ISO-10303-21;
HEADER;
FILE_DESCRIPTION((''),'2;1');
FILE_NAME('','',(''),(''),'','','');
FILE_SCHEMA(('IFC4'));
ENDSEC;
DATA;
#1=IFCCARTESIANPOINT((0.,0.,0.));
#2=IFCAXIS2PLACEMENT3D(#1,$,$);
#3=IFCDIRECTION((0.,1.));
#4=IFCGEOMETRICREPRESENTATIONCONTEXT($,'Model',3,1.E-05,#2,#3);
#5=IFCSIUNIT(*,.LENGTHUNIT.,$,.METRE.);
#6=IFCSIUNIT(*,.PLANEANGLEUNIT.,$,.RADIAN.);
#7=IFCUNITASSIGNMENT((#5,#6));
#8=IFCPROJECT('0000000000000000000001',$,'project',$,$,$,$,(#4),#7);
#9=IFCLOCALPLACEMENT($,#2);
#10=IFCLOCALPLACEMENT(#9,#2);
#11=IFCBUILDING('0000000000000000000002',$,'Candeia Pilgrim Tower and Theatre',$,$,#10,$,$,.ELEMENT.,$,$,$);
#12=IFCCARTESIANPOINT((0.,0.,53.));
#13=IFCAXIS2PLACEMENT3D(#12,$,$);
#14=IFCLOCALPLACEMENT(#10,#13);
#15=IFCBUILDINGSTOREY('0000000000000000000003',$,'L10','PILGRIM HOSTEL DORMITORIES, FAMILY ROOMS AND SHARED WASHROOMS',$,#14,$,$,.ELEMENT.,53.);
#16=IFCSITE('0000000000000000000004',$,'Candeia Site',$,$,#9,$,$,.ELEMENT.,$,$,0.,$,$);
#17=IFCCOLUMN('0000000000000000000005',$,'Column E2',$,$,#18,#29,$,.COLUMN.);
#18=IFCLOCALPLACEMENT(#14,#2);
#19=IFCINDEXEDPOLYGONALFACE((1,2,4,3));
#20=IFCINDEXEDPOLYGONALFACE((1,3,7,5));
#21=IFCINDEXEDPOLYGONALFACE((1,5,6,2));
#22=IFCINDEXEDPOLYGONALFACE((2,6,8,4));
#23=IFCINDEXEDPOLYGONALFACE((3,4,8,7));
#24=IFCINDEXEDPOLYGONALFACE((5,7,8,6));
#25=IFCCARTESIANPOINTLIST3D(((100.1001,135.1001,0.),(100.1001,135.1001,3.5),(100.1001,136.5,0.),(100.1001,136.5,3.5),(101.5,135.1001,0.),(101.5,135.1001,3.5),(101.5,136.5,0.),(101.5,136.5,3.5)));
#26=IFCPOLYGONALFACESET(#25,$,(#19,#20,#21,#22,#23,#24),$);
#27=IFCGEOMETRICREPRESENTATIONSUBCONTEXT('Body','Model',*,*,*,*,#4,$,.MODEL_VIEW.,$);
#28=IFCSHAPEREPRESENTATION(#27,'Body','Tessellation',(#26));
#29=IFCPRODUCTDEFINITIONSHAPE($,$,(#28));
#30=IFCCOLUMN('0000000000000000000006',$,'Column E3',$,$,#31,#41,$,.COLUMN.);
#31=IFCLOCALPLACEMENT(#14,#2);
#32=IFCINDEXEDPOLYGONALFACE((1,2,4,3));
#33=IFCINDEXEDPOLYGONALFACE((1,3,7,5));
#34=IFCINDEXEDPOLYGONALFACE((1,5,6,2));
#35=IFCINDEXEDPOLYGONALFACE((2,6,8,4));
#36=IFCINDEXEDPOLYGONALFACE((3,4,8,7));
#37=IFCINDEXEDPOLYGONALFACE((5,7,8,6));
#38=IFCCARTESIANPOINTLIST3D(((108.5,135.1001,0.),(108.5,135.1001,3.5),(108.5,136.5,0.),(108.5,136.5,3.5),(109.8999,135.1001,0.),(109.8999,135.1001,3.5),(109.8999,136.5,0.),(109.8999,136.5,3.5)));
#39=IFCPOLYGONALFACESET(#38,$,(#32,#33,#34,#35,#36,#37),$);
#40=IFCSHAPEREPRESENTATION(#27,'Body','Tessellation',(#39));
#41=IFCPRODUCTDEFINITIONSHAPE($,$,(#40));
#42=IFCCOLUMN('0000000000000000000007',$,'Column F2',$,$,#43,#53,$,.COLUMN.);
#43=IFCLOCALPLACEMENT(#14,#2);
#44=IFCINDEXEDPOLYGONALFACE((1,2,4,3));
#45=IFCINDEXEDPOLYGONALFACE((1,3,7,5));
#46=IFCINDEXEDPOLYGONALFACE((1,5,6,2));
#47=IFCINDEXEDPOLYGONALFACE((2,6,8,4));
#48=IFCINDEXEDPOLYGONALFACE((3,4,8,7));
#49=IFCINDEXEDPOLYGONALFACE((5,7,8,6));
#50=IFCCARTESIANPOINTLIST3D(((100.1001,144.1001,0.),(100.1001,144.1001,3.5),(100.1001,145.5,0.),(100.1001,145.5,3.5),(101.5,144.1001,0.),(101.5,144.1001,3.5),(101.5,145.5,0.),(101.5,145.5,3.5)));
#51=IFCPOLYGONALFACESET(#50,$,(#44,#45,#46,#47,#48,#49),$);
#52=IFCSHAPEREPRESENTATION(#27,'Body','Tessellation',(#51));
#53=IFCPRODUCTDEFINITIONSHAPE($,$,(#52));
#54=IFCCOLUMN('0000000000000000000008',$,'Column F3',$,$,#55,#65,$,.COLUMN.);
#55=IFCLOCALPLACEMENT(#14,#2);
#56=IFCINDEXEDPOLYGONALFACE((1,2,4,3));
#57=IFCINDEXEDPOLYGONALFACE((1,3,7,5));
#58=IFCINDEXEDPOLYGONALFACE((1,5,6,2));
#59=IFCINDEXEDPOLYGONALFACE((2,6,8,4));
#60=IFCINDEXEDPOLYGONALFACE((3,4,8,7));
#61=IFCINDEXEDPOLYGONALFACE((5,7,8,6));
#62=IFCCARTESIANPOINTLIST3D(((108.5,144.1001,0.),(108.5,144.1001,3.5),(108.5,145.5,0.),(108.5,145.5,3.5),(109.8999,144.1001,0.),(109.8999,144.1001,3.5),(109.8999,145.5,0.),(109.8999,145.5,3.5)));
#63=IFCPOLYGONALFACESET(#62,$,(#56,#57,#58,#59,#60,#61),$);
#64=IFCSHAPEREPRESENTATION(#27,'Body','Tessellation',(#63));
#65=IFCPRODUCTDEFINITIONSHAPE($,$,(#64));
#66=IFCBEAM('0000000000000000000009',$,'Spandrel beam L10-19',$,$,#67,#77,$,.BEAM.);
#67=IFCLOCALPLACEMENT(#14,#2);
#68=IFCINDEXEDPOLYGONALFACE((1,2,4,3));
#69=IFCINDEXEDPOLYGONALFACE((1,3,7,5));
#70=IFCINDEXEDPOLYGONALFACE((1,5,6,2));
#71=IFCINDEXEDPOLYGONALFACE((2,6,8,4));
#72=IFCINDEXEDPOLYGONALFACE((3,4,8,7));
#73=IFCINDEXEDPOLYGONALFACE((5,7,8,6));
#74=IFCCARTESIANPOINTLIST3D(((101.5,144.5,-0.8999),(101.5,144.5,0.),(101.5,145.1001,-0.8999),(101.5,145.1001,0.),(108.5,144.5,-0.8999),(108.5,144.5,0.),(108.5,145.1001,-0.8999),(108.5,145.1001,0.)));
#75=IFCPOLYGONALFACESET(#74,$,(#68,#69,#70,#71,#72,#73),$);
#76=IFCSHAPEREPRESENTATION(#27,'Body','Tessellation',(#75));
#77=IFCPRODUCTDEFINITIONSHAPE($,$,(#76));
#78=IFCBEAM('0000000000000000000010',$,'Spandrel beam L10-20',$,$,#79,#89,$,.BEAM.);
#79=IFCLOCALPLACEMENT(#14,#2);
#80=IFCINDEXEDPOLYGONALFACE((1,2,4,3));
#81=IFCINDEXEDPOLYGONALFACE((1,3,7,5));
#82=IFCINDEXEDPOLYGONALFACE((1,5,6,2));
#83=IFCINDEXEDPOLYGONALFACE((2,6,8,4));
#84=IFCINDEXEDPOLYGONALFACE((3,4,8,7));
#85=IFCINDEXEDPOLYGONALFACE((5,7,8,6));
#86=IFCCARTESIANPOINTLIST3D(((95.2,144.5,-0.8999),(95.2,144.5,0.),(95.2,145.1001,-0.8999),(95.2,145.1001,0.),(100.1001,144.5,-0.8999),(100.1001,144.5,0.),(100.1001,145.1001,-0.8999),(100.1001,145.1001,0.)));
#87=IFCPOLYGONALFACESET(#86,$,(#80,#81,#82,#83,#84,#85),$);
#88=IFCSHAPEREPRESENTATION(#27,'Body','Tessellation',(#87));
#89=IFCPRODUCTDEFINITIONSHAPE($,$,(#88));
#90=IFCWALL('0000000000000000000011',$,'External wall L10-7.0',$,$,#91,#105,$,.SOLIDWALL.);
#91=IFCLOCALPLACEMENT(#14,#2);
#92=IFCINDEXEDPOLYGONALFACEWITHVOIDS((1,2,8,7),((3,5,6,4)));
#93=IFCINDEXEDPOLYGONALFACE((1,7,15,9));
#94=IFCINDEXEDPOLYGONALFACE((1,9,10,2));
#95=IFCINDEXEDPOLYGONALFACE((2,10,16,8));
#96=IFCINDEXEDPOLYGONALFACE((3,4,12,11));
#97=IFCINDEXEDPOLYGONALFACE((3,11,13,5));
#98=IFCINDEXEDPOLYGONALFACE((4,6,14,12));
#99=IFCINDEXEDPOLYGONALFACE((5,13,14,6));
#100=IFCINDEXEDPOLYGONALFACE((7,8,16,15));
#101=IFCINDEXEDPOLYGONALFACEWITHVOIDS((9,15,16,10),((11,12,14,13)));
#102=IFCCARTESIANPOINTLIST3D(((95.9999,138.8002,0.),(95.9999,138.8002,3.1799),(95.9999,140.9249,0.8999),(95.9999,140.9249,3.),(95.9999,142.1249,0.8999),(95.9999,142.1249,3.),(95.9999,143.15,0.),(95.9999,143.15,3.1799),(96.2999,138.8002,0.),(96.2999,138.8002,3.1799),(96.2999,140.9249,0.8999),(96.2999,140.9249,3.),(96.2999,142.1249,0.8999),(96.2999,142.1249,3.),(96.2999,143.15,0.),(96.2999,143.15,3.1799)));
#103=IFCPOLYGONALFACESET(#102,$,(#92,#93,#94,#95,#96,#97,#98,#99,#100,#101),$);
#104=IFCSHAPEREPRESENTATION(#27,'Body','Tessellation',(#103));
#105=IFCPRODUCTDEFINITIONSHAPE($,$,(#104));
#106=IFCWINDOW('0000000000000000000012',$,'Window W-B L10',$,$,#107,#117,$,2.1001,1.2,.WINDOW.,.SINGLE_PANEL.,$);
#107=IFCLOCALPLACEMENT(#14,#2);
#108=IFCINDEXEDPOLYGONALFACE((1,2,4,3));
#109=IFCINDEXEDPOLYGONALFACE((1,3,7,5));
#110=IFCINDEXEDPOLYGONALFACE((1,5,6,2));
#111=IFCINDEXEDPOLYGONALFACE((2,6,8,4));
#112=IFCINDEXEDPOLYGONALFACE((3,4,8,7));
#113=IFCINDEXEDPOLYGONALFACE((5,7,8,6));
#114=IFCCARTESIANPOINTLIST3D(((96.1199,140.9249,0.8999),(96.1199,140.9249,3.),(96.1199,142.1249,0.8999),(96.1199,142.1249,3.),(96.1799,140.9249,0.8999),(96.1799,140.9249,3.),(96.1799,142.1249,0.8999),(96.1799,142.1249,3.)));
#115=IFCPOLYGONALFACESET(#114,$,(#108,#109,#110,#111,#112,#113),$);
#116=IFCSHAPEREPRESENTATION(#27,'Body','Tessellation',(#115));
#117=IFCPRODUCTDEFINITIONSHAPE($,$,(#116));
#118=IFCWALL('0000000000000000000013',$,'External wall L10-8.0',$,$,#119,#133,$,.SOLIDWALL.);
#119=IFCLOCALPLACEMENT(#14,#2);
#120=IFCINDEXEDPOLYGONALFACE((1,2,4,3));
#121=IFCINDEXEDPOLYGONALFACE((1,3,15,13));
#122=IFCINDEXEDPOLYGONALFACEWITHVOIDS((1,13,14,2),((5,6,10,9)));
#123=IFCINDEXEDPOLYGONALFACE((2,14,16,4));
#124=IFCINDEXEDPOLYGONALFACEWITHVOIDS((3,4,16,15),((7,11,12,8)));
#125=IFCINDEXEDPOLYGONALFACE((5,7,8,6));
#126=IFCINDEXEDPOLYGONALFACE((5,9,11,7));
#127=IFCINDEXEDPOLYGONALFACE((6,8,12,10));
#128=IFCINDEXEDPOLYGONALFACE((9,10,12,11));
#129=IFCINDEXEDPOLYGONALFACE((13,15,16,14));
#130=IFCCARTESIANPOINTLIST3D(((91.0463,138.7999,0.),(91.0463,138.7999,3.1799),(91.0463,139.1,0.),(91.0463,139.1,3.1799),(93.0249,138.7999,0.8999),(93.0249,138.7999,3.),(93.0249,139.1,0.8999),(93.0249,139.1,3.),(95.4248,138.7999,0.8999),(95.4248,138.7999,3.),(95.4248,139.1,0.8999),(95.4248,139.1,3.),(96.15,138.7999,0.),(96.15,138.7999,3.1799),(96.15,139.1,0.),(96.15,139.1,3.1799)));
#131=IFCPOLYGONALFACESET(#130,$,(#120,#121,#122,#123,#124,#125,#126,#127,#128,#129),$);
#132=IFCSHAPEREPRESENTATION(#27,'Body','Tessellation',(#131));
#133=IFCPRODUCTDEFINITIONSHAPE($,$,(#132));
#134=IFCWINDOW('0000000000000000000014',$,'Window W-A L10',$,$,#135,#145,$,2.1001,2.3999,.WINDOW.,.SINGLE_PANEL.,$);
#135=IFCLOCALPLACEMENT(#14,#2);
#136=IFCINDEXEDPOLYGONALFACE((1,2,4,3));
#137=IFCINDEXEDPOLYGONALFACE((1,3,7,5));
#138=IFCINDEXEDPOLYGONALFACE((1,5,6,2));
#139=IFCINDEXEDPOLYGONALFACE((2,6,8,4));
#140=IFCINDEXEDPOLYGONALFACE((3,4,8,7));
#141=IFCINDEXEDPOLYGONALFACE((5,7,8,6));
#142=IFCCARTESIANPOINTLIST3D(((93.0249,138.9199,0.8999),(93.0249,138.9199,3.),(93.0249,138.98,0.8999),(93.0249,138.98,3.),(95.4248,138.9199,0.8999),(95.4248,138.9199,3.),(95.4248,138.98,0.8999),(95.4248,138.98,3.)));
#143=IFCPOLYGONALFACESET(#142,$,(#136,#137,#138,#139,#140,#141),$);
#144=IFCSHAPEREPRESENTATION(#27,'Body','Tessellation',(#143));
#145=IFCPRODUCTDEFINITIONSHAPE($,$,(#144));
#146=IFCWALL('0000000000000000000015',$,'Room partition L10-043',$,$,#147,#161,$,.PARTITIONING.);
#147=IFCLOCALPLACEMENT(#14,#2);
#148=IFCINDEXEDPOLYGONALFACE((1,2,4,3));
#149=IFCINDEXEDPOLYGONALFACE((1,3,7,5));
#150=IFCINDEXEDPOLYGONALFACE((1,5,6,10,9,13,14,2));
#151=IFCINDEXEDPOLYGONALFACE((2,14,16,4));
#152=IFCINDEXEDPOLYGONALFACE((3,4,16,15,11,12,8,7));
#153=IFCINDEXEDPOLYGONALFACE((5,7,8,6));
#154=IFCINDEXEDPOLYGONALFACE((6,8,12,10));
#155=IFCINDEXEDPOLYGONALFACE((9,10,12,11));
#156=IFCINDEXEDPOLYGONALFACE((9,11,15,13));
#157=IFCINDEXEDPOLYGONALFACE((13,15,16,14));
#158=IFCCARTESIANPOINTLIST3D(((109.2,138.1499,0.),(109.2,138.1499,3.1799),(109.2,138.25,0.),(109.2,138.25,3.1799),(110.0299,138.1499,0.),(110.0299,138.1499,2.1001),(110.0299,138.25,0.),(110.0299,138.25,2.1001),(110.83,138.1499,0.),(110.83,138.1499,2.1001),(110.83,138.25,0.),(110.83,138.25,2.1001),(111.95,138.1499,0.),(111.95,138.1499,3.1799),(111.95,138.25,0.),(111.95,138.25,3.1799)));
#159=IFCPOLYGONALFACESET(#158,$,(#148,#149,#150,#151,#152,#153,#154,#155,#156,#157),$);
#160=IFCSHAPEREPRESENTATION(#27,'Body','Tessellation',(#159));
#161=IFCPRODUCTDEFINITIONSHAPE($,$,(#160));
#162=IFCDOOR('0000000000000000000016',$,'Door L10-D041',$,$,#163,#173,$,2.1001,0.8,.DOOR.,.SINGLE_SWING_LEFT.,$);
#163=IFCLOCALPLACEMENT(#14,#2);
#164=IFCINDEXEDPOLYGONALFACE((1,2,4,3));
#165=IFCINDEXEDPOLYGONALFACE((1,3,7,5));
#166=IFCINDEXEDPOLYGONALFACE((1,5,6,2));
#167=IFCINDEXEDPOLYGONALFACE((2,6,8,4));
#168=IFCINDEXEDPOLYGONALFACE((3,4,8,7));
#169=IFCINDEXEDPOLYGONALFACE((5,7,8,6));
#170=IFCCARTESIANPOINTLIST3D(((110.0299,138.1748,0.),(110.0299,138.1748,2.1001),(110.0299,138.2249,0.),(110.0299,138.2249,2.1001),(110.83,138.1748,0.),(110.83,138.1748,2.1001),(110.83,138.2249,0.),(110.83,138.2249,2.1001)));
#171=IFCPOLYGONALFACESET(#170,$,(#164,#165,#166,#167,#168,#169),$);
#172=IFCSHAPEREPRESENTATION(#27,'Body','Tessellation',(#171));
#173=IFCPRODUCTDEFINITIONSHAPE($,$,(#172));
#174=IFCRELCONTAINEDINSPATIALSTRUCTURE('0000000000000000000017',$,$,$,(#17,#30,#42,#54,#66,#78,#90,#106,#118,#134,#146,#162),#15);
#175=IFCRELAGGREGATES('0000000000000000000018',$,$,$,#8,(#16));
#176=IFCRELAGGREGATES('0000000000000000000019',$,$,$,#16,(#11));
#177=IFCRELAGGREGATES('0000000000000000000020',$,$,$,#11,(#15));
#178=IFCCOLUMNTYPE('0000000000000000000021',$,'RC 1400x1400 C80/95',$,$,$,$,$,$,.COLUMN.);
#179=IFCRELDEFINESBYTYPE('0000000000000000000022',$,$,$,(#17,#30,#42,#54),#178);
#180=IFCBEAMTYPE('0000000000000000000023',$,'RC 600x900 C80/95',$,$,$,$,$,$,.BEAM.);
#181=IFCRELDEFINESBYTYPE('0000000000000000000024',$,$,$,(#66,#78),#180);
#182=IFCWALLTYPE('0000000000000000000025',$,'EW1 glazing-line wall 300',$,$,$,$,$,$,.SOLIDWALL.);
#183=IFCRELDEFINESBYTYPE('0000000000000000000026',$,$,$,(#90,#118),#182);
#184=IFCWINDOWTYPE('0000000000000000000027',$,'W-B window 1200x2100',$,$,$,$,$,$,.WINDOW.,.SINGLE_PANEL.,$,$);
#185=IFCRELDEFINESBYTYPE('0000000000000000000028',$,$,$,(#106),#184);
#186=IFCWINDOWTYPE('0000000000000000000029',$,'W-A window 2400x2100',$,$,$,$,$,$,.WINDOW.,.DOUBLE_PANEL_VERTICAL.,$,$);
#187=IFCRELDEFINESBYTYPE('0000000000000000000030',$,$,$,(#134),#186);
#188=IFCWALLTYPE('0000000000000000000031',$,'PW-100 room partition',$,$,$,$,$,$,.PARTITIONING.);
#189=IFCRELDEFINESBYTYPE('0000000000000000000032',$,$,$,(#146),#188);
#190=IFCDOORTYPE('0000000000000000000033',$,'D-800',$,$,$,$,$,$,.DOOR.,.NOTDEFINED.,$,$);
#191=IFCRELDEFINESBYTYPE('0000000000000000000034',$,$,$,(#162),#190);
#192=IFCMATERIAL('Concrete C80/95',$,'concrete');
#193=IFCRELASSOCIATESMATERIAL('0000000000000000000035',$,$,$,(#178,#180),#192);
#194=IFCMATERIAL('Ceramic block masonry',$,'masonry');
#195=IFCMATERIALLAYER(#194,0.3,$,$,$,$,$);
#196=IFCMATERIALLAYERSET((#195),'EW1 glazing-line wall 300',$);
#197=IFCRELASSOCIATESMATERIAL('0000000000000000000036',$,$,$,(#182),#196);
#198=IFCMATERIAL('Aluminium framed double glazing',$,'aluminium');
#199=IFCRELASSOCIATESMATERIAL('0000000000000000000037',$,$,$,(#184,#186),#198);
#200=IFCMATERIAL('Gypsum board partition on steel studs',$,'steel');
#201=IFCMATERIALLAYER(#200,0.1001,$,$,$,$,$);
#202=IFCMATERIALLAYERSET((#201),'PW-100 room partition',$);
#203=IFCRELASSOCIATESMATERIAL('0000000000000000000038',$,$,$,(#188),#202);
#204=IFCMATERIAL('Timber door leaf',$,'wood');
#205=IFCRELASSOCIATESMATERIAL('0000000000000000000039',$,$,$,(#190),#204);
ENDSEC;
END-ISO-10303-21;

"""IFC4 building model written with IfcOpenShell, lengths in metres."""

from ifc_helpers import new_model, si_unit, direction, frame, frame_2d, origin, origin_2d, place, context, subcontext, project, spatial, rectangle, extrude, material, layer, layer_set, material_profile, profile_set, type_object, element, fill, save


model = new_model("IFC4")

# Units and contexts
model_context = context("Model", 3, precision=1e-05, world=origin(), true_north=direction((0.0, 1.0)))
body_context = subcontext(model_context, "Body", "Model", "MODEL_VIEW")
ifc_project = project(units=[si_unit("LENGTHUNIT", "METRE"), si_unit("PLANEANGLEUNIT", "RADIAN")], contexts=[model_context])

# Site, building, storey
site_placement = place(None, origin())
site = spatial("IfcSite", under=ifc_project, at=site_placement, Name="Candeia Site", CompositionType="ELEMENT", RefElevation=0.0)
building_placement = place(site_placement, origin())
building = spatial("IfcBuilding", under=site, at=building_placement, Name="Candeia Pilgrim Tower and Theatre", CompositionType="ELEMENT")
storey_placement = place(building_placement, frame((0.0, 0.0, 53.0)))
storey = spatial("IfcBuildingStorey", under=building, at=storey_placement, Name="L10", Description="PILGRIM HOSTEL DORMITORIES, FAMILY ROOMS AND SHARED WASHROOMS", CompositionType="ELEMENT", Elevation=53.0)

# Columns
ifc_material_1 = material(Name="Concrete C80/95", Category="concrete")
ifc_material_profile_1 = material_profile(ifc_material_1, rectangle(XDim=1.3999, YDim=1.3999, at=origin_2d()))
ifc_profile_set_1 = profile_set([ifc_material_profile_1], Name="Concrete C80/95")
column_type = type_object("IfcColumnType", Name="RC 1400x1400 C80/95", PredefinedType="COLUMN", material=ifc_profile_set_1)
for number, where, z_axis, x_axis, name in (
    (1, (100.8, 135.8, 0.0), (0.0, 0.0, 1.0), (1.0, 0.0, 0.0), "Column E2"),
    (2, (109.2, 135.8, 0.0), (0.0, 0.0, 1.0), (1.0, 0.0, 0.0), "Column E3"),
    (3, (100.8, 144.8, 0.0), (0.0, 0.0, 1.0), (1.0, 0.0, 0.0), "Column F2"),
    (4, (109.2, 144.8, 0.0), (0.0, 0.0, 1.0), (1.0, 0.0, 0.0), "Column F3"),
):
    element("IfcColumn", number, at=place(storey_placement, frame(where, z_axis=z_axis, x_axis=x_axis)), inside=storey, type_object=column_type, Name=name, PredefinedType="COLUMN", context=body_context, shape_type="SweptSolid", body=[
        extrude(rectangle(XDim=1.3999, YDim=1.3999, at=origin_2d()), origin(), (0.0, 0.0, 1.0), 3.5),
    ])

# Beams
ifc_material_profile_2 = material_profile(ifc_material_1, rectangle(XDim=0.6001, YDim=0.8999, at=origin_2d()))
ifc_profile_set_2 = profile_set([ifc_material_profile_2], Name="Concrete C80/95")
beam_type = type_object("IfcBeamType", Name="RC 600x900 C80/95", PredefinedType="BEAM", material=ifc_profile_set_2)
beam_1_placement = place(storey_placement, frame((108.5, 144.8, -0.45), z_axis=(-1.0, 0.0, 0.0), x_axis=(0.0, -1.0, 0.0)))
element("IfcBeam", 5, at=beam_1_placement, inside=storey, type_object=beam_type, Name="Spandrel beam L10-19", PredefinedType="BEAM", context=body_context, shape_type="SweptSolid", body=[
    extrude(rectangle(XDim=0.6001, YDim=0.8999, at=origin_2d()), origin(), (0.0, 0.0, 1.0), 7.0),
])
beam_2_placement = place(storey_placement, frame((100.1001, 144.8, -0.45), z_axis=(-1.0, 0.0, 0.0), x_axis=(0.0, -1.0, 0.0)))
element("IfcBeam", 6, at=beam_2_placement, inside=storey, type_object=beam_type, Name="Spandrel beam L10-20", PredefinedType="BEAM", context=body_context, shape_type="SweptSolid", body=[
    extrude(rectangle(XDim=0.6001, YDim=0.8999, at=origin_2d()), origin(), (0.0, 0.0, 1.0), 4.9001),
])

# Walls, openings, windows
ifc_material_2 = material(Name="Ceramic block masonry", Category="masonry")
ifc_layer_1 = layer(ifc_material_2, 0.3)
ifc_layer_set_1 = layer_set([ifc_layer_1], Name="EW1 glazing-line wall 300")
wall_type_1 = type_object("IfcWallType", Name="EW1 glazing-line wall 300", PredefinedType="SOLIDWALL", material=ifc_layer_set_1)
wall_1_placement = place(storey_placement, frame((96.1499, 143.1499, 0.0), z_axis=(0.0, 0.0, 1.0), x_axis=(0.0, -1.0, 0.0)))
wall_1 = element("IfcWall", 7, at=wall_1_placement, inside=storey, type_object=wall_type_1, Name="External wall L10-7.0", PredefinedType="SOLIDWALL", context=body_context, shape_type="SweptSolid", body=[
    extrude(rectangle(XDim=4.3499, YDim=0.3, at=frame_2d((2.1748, 0.0))), origin(), (0.0, 0.0, 1.0), 3.1799),
])
opening_1_placement = place(wall_1_placement, frame((1.0249, 0.0, 0.8999)))
opening_1 = element("IfcOpeningElement", 8, at=opening_1_placement, cuts=wall_1, PredefinedType="OPENING", context=body_context, shape_type="SweptSolid", body=[
    extrude(rectangle(XDim=1.2, YDim=2.1001, at=frame_2d((0.6001, 1.05))), frame((0.0, 0.1602, 0.0), z_axis=(0.0, -1.0, 0.0), x_axis=(1.0, 0.0, 0.0)), (0.0, 0.0, 1.0), 0.3201),
])
ifc_material_3 = material(Name="Aluminium framed double glazing", Category="aluminium")
window_type_1 = type_object("IfcWindowType", Name="W-B window 1200x2100", PartitioningType="SINGLE_PANEL", PredefinedType="WINDOW", material=ifc_material_3)
window_1_placement = place(opening_1_placement, origin())
window_1 = element("IfcWindow", 9, at=window_1_placement, inside=storey, type_object=window_type_1, Name="Window W-B L10", OverallHeight=2.1001, OverallWidth=1.2, PartitioningType="SINGLE_PANEL", PredefinedType="WINDOW", context=body_context, shape_type="SweptSolid", body=[
    extrude(rectangle(XDim=1.2, YDim=2.1001, at=frame_2d((0.6001, 1.05))), frame((0.0, 0.03, 0.0), z_axis=(0.0, -1.0, 0.0), x_axis=(1.0, 0.0, 0.0)), (0.0, 0.0, 1.0), 0.0601),
])
fill(opening_1, window_1)
wall_2_placement = place(storey_placement, frame((96.1499, 138.95, 0.0), z_axis=(0.0, 0.0, 1.0), x_axis=(-1.0, 0.0, 0.0)))
wall_2 = element("IfcWall", 10, at=wall_2_placement, inside=storey, type_object=wall_type_1, Name="External wall L10-8.0", PredefinedType="SOLIDWALL", context=body_context, shape_type="SweptSolid", body=[
    extrude(rectangle(XDim=5.1038, YDim=0.3, at=frame_2d((2.5518, 0.0))), origin(), (0.0, 0.0, 1.0), 3.1799),
])
opening_2_placement = place(wall_2_placement, frame((0.7251, 0.0, 0.8999)))
opening_2 = element("IfcOpeningElement", 11, at=opening_2_placement, cuts=wall_2, PredefinedType="OPENING", context=body_context, shape_type="SweptSolid", body=[
    extrude(rectangle(XDim=2.3999, YDim=2.1001, at=frame_2d((1.2, 1.05))), frame((0.0, 0.1602, 0.0), z_axis=(0.0, -1.0, 0.0), x_axis=(1.0, 0.0, 0.0)), (0.0, 0.0, 1.0), 0.3201),
])
window_type_2 = type_object("IfcWindowType", Name="W-A window 2400x2100", PartitioningType="DOUBLE_PANEL_VERTICAL", PredefinedType="WINDOW", material=ifc_material_3)
window_2_placement = place(opening_2_placement, origin())
window_2 = element("IfcWindow", 12, at=window_2_placement, inside=storey, type_object=window_type_2, Name="Window W-A L10", OverallHeight=2.1001, OverallWidth=2.3999, PartitioningType="SINGLE_PANEL", PredefinedType="WINDOW", context=body_context, shape_type="SweptSolid", body=[
    extrude(rectangle(XDim=2.3999, YDim=2.1001, at=frame_2d((1.2, 1.05))), frame((0.0, 0.03, 0.0), z_axis=(0.0, -1.0, 0.0), x_axis=(1.0, 0.0, 0.0)), (0.0, 0.0, 1.0), 0.0601),
])
fill(opening_2, window_2)

# Wall, opening, door
ifc_material_4 = material(Name="Gypsum board partition on steel studs", Category="steel")
ifc_layer_2 = layer(ifc_material_4, 0.1001)
ifc_layer_set_2 = layer_set([ifc_layer_2], Name="PW-100 room partition")
wall_type_2 = type_object("IfcWallType", Name="PW-100 room partition", PredefinedType="PARTITIONING", material=ifc_layer_set_2)
wall_3_placement = place(storey_placement, frame((109.2, 138.2, 0.0), z_axis=(0.0, 0.0, 1.0), x_axis=(1.0, 0.0, 0.0)))
wall_3 = element("IfcWall", 13, at=wall_3_placement, inside=storey, type_object=wall_type_2, Name="Room partition L10-043", PredefinedType="PARTITIONING", context=body_context, shape_type="SweptSolid", body=[
    extrude(rectangle(XDim=2.75, YDim=0.1001, at=frame_2d((1.375, 0.0))), origin(), (0.0, 0.0, 1.0), 3.1799),
])
opening_3_placement = place(wall_3_placement, frame((0.8301, 0.0, 0.0)))
opening_3 = element("IfcOpeningElement", 14, at=opening_3_placement, cuts=wall_3, PredefinedType="OPENING", context=body_context, shape_type="SweptSolid", body=[
    extrude(rectangle(XDim=0.8, YDim=2.1001, at=frame_2d((0.3999, 1.05))), frame((0.0, 0.0601, 0.0), z_axis=(0.0, -1.0, 0.0), x_axis=(1.0, 0.0, 0.0)), (0.0, 0.0, 1.0), 0.1201),
])
ifc_material_5 = material(Name="Timber door leaf", Category="wood")
door_type_1 = type_object("IfcDoorType", Name="D-800", OperationType="NOTDEFINED", PredefinedType="DOOR", material=ifc_material_5)
door_1_placement = place(opening_3_placement, origin())
door_1 = element("IfcDoor", 15, at=door_1_placement, inside=storey, type_object=door_type_1, Name="Door L10-D041", OperationType="SINGLE_SWING_LEFT", OverallHeight=2.1001, OverallWidth=0.8, PredefinedType="DOOR", context=body_context, shape_type="SweptSolid", body=[
    extrude(rectangle(XDim=0.8, YDim=2.1001, at=frame_2d((0.3999, 1.05))), frame((0.0, 0.0249, 0.0), z_axis=(0.0, -1.0, 0.0), x_axis=(1.0, 0.0, 0.0)), (0.0, 0.0, 1.0), 0.05),
])
fill(opening_3, door_1)

save(model, "model.ifc")
